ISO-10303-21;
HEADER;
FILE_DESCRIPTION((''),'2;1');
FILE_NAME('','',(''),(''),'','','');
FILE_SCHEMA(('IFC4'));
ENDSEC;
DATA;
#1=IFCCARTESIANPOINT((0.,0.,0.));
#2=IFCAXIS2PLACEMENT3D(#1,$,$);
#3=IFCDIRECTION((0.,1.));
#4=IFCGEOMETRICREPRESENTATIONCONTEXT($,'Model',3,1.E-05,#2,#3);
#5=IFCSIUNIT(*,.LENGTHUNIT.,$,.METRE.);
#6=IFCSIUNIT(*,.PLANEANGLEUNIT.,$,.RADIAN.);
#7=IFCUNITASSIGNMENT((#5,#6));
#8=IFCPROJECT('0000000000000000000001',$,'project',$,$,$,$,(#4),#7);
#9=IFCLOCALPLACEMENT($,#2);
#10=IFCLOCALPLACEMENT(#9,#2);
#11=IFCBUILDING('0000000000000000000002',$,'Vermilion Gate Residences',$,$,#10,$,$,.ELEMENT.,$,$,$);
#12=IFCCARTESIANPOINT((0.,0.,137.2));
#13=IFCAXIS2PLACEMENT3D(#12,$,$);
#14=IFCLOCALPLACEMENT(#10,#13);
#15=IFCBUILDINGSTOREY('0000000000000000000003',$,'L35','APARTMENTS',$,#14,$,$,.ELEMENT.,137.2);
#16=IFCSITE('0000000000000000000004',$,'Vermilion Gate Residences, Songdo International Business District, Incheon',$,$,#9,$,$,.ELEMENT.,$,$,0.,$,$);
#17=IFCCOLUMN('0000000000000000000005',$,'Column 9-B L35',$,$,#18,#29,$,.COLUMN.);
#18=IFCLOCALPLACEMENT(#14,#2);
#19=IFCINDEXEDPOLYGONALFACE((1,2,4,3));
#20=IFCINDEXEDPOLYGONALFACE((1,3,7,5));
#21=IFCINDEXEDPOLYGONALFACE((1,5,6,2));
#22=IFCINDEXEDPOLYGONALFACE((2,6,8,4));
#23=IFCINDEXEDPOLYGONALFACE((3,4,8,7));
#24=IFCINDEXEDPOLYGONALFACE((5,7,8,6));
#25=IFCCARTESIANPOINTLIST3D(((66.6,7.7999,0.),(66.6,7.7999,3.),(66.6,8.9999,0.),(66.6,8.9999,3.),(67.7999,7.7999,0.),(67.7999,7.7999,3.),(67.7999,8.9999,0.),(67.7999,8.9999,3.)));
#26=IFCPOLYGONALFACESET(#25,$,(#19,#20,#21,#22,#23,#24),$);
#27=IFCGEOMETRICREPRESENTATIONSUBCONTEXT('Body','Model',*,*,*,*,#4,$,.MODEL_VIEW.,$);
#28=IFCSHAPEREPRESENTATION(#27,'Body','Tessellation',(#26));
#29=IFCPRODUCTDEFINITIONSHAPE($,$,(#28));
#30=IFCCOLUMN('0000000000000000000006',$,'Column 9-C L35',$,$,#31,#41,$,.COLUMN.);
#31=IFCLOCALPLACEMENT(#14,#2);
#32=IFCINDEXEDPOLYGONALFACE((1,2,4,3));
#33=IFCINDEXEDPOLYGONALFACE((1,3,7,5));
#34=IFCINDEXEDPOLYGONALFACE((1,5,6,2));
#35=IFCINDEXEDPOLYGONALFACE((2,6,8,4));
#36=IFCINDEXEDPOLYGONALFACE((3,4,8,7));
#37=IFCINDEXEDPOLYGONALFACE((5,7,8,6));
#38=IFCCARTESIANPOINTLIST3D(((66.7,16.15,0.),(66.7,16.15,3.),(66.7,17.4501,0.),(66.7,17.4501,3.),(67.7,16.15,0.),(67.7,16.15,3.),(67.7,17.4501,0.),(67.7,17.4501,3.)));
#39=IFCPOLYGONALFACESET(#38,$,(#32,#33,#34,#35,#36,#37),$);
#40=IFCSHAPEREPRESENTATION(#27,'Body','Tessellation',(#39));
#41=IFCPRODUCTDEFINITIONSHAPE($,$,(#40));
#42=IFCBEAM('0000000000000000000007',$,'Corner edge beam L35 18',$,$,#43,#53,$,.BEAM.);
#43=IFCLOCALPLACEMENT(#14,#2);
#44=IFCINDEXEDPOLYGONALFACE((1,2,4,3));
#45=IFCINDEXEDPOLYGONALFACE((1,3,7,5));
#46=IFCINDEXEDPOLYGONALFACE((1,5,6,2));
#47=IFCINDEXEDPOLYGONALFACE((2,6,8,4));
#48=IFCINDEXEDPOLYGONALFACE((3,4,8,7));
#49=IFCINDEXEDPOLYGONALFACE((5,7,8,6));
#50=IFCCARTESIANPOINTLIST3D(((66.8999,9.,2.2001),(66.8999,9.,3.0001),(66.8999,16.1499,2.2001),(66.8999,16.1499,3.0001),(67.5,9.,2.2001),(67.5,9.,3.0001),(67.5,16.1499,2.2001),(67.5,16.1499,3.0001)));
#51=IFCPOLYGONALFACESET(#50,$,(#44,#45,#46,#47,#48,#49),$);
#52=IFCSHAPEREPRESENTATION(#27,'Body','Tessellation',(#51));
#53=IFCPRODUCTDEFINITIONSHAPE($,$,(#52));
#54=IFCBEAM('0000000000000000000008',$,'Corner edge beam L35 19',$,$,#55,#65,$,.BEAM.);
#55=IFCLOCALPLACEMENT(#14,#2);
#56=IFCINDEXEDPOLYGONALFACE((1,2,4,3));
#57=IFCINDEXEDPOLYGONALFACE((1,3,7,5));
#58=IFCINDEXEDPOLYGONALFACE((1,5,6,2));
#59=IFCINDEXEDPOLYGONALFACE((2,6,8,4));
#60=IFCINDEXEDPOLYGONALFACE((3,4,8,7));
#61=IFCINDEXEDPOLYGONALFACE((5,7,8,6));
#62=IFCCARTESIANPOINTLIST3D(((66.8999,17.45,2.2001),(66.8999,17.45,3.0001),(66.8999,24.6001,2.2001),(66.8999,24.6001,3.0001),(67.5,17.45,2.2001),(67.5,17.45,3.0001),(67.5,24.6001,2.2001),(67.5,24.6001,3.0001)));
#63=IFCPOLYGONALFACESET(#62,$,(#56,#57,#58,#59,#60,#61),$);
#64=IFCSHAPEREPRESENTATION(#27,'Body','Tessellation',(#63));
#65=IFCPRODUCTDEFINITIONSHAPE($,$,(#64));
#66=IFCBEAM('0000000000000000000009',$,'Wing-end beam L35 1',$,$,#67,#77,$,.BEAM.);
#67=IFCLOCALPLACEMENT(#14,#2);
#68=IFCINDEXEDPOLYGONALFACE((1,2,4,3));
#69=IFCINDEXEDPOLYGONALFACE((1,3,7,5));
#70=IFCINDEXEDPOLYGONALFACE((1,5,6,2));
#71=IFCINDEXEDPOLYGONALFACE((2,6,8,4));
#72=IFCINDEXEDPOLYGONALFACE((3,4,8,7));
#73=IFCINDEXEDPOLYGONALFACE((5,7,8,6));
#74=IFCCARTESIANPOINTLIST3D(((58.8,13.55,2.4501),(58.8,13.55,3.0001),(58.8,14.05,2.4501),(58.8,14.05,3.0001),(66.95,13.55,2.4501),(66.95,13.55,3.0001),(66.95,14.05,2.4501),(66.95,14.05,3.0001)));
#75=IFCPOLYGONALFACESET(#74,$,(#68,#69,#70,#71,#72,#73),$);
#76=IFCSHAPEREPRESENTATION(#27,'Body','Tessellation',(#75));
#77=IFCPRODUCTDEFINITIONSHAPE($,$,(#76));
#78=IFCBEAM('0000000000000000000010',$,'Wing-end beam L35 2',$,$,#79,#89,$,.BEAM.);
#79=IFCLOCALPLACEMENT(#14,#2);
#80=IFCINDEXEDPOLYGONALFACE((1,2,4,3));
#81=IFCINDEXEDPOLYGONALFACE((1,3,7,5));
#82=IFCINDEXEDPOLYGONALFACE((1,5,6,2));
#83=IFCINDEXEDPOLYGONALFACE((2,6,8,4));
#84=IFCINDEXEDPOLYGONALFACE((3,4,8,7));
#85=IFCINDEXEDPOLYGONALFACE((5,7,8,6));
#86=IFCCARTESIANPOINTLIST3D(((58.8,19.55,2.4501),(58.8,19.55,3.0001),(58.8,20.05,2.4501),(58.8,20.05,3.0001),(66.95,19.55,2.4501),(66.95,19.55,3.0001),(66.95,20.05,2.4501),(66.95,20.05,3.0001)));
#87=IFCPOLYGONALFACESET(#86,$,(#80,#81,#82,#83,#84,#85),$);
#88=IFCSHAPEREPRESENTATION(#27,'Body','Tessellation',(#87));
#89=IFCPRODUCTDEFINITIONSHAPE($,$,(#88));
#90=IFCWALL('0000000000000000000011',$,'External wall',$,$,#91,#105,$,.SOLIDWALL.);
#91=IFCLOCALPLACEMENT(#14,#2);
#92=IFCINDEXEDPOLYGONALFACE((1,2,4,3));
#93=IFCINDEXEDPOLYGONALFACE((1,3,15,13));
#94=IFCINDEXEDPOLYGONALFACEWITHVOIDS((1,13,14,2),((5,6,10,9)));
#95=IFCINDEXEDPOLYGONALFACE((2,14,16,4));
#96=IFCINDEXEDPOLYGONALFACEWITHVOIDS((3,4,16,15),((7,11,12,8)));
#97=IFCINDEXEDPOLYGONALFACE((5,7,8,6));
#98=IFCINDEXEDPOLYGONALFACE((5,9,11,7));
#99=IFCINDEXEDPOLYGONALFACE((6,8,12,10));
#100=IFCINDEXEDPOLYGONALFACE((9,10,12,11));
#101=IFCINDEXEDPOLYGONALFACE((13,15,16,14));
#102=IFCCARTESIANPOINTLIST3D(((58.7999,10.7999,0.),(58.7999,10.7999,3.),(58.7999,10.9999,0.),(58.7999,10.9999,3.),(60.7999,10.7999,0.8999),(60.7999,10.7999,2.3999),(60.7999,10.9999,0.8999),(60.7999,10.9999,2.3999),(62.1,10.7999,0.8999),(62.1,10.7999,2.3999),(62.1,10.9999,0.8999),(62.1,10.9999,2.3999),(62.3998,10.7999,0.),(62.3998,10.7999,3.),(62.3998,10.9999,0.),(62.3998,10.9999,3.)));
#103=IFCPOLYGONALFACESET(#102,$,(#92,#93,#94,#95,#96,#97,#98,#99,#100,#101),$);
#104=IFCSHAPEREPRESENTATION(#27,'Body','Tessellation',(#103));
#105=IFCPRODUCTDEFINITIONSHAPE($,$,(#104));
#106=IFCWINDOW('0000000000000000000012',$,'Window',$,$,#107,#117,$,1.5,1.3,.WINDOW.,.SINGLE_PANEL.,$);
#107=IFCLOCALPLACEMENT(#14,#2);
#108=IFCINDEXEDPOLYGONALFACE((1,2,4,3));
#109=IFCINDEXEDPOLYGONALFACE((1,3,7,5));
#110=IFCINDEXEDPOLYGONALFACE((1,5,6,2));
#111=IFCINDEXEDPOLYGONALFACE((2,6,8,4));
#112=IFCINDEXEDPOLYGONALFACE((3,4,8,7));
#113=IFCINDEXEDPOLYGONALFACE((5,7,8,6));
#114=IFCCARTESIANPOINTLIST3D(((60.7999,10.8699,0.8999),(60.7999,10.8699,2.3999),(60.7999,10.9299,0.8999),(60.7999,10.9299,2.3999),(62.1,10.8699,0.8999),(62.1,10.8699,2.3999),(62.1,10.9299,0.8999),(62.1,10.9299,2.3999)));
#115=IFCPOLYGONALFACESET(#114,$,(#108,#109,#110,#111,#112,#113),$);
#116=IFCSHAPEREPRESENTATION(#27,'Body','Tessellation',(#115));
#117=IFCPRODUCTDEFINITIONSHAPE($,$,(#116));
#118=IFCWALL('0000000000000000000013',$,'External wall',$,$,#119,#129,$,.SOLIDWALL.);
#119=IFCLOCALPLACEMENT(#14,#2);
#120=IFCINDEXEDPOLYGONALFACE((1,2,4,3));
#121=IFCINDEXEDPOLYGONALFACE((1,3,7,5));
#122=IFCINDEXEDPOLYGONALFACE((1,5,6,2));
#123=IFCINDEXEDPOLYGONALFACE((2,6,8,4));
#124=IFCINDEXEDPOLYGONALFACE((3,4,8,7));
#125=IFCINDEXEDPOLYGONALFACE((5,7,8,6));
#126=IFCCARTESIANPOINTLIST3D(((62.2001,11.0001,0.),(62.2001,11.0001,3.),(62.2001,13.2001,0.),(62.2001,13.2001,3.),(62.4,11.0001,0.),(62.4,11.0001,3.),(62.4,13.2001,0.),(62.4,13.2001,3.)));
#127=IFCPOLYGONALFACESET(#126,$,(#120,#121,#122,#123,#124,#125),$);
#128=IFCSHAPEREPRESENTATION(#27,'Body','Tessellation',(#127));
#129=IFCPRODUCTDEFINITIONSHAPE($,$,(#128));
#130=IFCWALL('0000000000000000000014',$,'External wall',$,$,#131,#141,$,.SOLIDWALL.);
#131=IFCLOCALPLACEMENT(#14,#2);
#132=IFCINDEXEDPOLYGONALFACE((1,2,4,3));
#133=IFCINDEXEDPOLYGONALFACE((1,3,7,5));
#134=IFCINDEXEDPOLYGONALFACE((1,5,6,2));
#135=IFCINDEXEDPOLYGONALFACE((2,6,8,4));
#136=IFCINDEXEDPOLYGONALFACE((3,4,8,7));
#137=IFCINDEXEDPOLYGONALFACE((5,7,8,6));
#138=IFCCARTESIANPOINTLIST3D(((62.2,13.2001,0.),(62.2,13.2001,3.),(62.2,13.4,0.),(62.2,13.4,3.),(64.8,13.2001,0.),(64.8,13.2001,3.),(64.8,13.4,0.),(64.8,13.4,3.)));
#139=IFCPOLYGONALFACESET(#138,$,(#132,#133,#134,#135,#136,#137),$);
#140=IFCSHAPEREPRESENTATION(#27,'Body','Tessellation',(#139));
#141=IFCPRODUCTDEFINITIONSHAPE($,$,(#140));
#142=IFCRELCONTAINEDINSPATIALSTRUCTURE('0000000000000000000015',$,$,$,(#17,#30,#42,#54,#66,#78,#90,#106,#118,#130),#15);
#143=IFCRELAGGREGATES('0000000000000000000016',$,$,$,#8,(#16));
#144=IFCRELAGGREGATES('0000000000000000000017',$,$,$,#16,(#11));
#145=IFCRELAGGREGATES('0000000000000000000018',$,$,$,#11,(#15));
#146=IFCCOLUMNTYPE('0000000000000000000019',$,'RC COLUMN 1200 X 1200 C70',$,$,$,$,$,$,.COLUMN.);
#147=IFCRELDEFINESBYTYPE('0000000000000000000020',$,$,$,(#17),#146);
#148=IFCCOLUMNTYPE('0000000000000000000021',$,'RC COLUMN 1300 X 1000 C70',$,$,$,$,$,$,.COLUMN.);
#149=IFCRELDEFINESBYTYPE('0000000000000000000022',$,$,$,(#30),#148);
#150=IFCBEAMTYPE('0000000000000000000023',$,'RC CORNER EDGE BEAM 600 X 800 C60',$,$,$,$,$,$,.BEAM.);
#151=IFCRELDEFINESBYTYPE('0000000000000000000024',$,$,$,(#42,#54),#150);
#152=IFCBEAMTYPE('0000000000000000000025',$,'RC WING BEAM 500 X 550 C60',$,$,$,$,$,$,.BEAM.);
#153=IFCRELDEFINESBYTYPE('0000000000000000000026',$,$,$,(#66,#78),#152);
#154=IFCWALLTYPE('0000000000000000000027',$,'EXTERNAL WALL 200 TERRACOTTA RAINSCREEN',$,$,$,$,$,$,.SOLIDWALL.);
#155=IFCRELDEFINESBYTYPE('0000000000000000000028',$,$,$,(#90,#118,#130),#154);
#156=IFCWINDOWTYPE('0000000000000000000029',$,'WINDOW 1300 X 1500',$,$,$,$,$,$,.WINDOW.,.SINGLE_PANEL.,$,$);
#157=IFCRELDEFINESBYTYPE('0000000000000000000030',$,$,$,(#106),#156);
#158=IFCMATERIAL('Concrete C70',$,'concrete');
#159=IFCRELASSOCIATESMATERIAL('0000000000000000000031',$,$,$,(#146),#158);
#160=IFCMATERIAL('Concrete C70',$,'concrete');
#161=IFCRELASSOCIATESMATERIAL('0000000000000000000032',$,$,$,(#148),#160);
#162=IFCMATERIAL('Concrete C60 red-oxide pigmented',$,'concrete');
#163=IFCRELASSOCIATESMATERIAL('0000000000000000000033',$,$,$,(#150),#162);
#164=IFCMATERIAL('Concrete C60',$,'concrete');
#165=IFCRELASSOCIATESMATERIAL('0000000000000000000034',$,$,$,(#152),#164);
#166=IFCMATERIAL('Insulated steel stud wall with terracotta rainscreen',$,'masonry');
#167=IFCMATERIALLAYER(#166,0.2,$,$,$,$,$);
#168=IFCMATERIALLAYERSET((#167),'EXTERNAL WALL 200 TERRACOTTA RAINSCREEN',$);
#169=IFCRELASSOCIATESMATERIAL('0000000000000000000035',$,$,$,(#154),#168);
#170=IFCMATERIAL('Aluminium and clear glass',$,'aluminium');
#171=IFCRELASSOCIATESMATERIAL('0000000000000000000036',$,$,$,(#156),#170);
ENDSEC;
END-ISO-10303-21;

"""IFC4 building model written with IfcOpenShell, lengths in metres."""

from ifc_helpers import new_model, si_unit, direction, frame, frame_2d, origin, origin_2d, place, context, subcontext, project, spatial, rectangle, extrude, material, layer, layer_set, material_profile, profile_set, type_object, element, fill, save


model = new_model("IFC4")

# Units and contexts
model_context = context("Model", 3, precision=1e-05, world=origin(), true_north=direction((0.0, 1.0)))
body_context = subcontext(model_context, "Body", "Model", "MODEL_VIEW")
ifc_project = project(units=[si_unit("LENGTHUNIT", "METRE"), si_unit("PLANEANGLEUNIT", "RADIAN")], contexts=[model_context])

# Site, building, storey
site_placement = place(None, origin())
site = spatial("IfcSite", under=ifc_project, at=site_placement, Name="Vermilion Gate Residences, Songdo International Business District, Incheon", CompositionType="ELEMENT", RefElevation=0.0)
building_placement = place(site_placement, origin())
building = spatial("IfcBuilding", under=site, at=building_placement, Name="Vermilion Gate Residences", CompositionType="ELEMENT")
storey_placement = place(building_placement, frame((0.0, 0.0, 137.2)))
storey = spatial("IfcBuildingStorey", under=building, at=storey_placement, Name="L35", Description="APARTMENTS", CompositionType="ELEMENT", Elevation=137.2)

# Columns
ifc_material_1 = material(Name="Concrete C70", Category="concrete")
ifc_material_profile_1 = material_profile(ifc_material_1, rectangle(XDim=1.2, YDim=1.2, at=origin_2d()), Name="RC-1200x1200")
ifc_profile_set_1 = profile_set([ifc_material_profile_1], Name="Concrete C70")
column_type_1 = type_object("IfcColumnType", Name="RC COLUMN 1200 X 1200 C70", PredefinedType="COLUMN", material=ifc_profile_set_1)
column_1_placement = place(storey_placement, frame((67.2, 8.3999, 0.0), z_axis=(0.0, 0.0, 1.0), x_axis=(1.0, 0.0, 0.0)))
element("IfcColumn", 1, at=column_1_placement, inside=storey, type_object=column_type_1, Name="Column 9-B L35", PredefinedType="COLUMN", context=body_context, shape_type="SweptSolid", body=[
    extrude(rectangle(XDim=1.2, YDim=1.2, at=origin_2d()), origin(), (0.0, 0.0, 1.0), 3.0),
])
ifc_material_2 = material(Name="Concrete C70", Category="concrete")
ifc_material_profile_2 = material_profile(ifc_material_2, rectangle(XDim=1.3, YDim=1.0, at=origin_2d()), Name="RC-1300x1000")
ifc_profile_set_2 = profile_set([ifc_material_profile_2], Name="Concrete C70")
column_type_2 = type_object("IfcColumnType", Name="RC COLUMN 1300 X 1000 C70", PredefinedType="COLUMN", material=ifc_profile_set_2)
column_2_placement = place(storey_placement, frame((67.2, 16.8, 0.0), z_axis=(0.0, 0.0, 1.0), x_axis=(0.0, 1.0, 0.0)))
element("IfcColumn", 2, at=column_2_placement, inside=storey, type_object=column_type_2, Name="Column 9-C L35", PredefinedType="COLUMN", context=body_context, shape_type="SweptSolid", body=[
    extrude(rectangle(XDim=1.3, YDim=1.0, at=origin_2d()), origin(), (0.0, 0.0, 1.0), 3.0),
])

# Beams
ifc_material_3 = material(Name="Concrete C60 red-oxide pigmented", Category="concrete")
ifc_material_profile_3 = material_profile(ifc_material_3, rectangle(XDim=0.6001, YDim=0.8, at=origin_2d()), Name="RC-600x800")
ifc_profile_set_3 = profile_set([ifc_material_profile_3], Name="Concrete C60 red-oxide pigmented")
beam_type_1 = type_object("IfcBeamType", Name="RC CORNER EDGE BEAM 600 X 800 C60", PredefinedType="BEAM", material=ifc_profile_set_3)
beam_1_placement = place(storey_placement, frame((67.2, 9.0, 2.6001), z_axis=(0.0, 1.0, 0.0), x_axis=(-1.0, 0.0, 0.0)))
element("IfcBeam", 3, at=beam_1_placement, inside=storey, type_object=beam_type_1, Name="Corner edge beam L35 18", PredefinedType="BEAM", context=body_context, shape_type="SweptSolid", body=[
    extrude(rectangle(XDim=0.6001, YDim=0.8, at=origin_2d()), origin(), (0.0, 0.0, 1.0), 7.1499),
])
beam_2_placement = place(storey_placement, frame((67.2, 17.45, 2.6001), z_axis=(0.0, 1.0, 0.0), x_axis=(-1.0, 0.0, 0.0)))
element("IfcBeam", 4, at=beam_2_placement, inside=storey, type_object=beam_type_1, Name="Corner edge beam L35 19", PredefinedType="BEAM", context=body_context, shape_type="SweptSolid", body=[
    extrude(rectangle(XDim=0.6001, YDim=0.8, at=origin_2d()), origin(), (0.0, 0.0, 1.0), 7.1501),
])
ifc_material_4 = material(Name="Concrete C60", Category="concrete")
ifc_material_profile_4 = material_profile(ifc_material_4, rectangle(XDim=0.5, YDim=0.55, at=origin_2d()), Name="RC-500x550")
ifc_profile_set_4 = profile_set([ifc_material_profile_4], Name="Concrete C60")
beam_type_2 = type_object("IfcBeamType", Name="RC WING BEAM 500 X 550 C60", PredefinedType="BEAM", material=ifc_profile_set_4)
for number, where, z_axis, x_axis, name in (
    (5, (58.8, 13.8, 2.7251), (1.0, 0.0, 0.0), (0.0, 1.0, 0.0), "Wing-end beam L35 1"),
    (6, (58.8, 19.8, 2.7251), (1.0, 0.0, 0.0), (0.0, 1.0, 0.0), "Wing-end beam L35 2"),
):
    element("IfcBeam", number, at=place(storey_placement, frame(where, z_axis=z_axis, x_axis=x_axis)), inside=storey, type_object=beam_type_2, Name=name, PredefinedType="BEAM", context=body_context, shape_type="SweptSolid", body=[
        extrude(rectangle(XDim=0.5, YDim=0.55, at=origin_2d()), origin(), (0.0, 0.0, 1.0), 8.1499),
    ])

# Wall, opening, window
ifc_material_5 = material(Name="Insulated steel stud wall with terracotta rainscreen", Category="masonry")
ifc_layer_1 = layer(ifc_material_5, 0.2)
ifc_layer_set_1 = layer_set([ifc_layer_1], Name="EXTERNAL WALL 200 TERRACOTTA RAINSCREEN")
wall_type_1 = type_object("IfcWallType", Name="EXTERNAL WALL 200 TERRACOTTA RAINSCREEN", PredefinedType="SOLIDWALL", material=ifc_layer_set_1)
wall_1_placement = place(storey_placement, frame((58.8, 10.8999, 0.0), z_axis=(0.0, 0.0, 1.0), x_axis=(1.0, 0.0, 0.0)))
wall_1 = element("IfcWall", 7, at=wall_1_placement, inside=storey, type_object=wall_type_1, Name="External wall", PredefinedType="SOLIDWALL", context=body_context, shape_type="SweptSolid", body=[
    extrude(rectangle(XDim=3.5999, YDim=0.2, at=frame_2d((1.7998, 0.0))), origin(), (0.0, 0.0, 1.0), 3.0),
])
opening_1_placement = place(wall_1_placement, frame((2.0, 0.0, 0.8999)))
opening_1 = element("IfcOpeningElement", 8, at=opening_1_placement, cuts=wall_1, PredefinedType="OPENING", context=body_context, shape_type="SweptSolid", body=[
    extrude(rectangle(XDim=1.3, YDim=1.5, at=frame_2d((0.6499, 0.75))), frame((0.0, 0.1099, 0.0), z_axis=(0.0, -1.0, 0.0), x_axis=(1.0, 0.0, 0.0)), (0.0, 0.0, 1.0), 0.22),
])
ifc_material_6 = material(Name="Aluminium and clear glass", Category="aluminium")
window_type_1 = type_object("IfcWindowType", Name="WINDOW 1300 X 1500", PartitioningType="SINGLE_PANEL", PredefinedType="WINDOW", material=ifc_material_6)
window_1_placement = place(opening_1_placement, origin())
window_1 = element("IfcWindow", 9, at=window_1_placement, inside=storey, type_object=window_type_1, Name="Window", OverallHeight=1.5, OverallWidth=1.3, PartitioningType="SINGLE_PANEL", PredefinedType="WINDOW", context=body_context, shape_type="SweptSolid", body=[
    extrude(rectangle(XDim=1.3, YDim=1.5, at=frame_2d((0.6499, 0.75))), frame((0.0, 0.03, 0.0), z_axis=(0.0, -1.0, 0.0), x_axis=(1.0, 0.0, 0.0)), (0.0, 0.0, 1.0), 0.0601),
])
fill(opening_1, window_1)

# Walls
wall_2_placement = place(storey_placement, frame((62.3, 11.0, 0.0), z_axis=(0.0, 0.0, 1.0), x_axis=(0.0, 1.0, 0.0)))
element("IfcWall", 10, at=wall_2_placement, inside=storey, type_object=wall_type_1, Name="External wall", PredefinedType="SOLIDWALL", context=body_context, shape_type="SweptSolid", body=[
    extrude(rectangle(XDim=2.2, YDim=0.2, at=frame_2d((1.1001, 0.0))), origin(), (0.0, 0.0, 1.0), 3.0),
])
wall_3_placement = place(storey_placement, frame((62.2, 13.3, 0.0), z_axis=(0.0, 0.0, 1.0), x_axis=(1.0, 0.0, 0.0)))
element("IfcWall", 11, at=wall_3_placement, inside=storey, type_object=wall_type_1, Name="External wall", PredefinedType="SOLIDWALL", context=body_context, shape_type="SweptSolid", body=[
    extrude(rectangle(XDim=2.6001, YDim=0.2, at=frame_2d((1.3, 0.0))), origin(), (0.0, 0.0, 1.0), 3.0),
])

save(model, "model.ifc")
